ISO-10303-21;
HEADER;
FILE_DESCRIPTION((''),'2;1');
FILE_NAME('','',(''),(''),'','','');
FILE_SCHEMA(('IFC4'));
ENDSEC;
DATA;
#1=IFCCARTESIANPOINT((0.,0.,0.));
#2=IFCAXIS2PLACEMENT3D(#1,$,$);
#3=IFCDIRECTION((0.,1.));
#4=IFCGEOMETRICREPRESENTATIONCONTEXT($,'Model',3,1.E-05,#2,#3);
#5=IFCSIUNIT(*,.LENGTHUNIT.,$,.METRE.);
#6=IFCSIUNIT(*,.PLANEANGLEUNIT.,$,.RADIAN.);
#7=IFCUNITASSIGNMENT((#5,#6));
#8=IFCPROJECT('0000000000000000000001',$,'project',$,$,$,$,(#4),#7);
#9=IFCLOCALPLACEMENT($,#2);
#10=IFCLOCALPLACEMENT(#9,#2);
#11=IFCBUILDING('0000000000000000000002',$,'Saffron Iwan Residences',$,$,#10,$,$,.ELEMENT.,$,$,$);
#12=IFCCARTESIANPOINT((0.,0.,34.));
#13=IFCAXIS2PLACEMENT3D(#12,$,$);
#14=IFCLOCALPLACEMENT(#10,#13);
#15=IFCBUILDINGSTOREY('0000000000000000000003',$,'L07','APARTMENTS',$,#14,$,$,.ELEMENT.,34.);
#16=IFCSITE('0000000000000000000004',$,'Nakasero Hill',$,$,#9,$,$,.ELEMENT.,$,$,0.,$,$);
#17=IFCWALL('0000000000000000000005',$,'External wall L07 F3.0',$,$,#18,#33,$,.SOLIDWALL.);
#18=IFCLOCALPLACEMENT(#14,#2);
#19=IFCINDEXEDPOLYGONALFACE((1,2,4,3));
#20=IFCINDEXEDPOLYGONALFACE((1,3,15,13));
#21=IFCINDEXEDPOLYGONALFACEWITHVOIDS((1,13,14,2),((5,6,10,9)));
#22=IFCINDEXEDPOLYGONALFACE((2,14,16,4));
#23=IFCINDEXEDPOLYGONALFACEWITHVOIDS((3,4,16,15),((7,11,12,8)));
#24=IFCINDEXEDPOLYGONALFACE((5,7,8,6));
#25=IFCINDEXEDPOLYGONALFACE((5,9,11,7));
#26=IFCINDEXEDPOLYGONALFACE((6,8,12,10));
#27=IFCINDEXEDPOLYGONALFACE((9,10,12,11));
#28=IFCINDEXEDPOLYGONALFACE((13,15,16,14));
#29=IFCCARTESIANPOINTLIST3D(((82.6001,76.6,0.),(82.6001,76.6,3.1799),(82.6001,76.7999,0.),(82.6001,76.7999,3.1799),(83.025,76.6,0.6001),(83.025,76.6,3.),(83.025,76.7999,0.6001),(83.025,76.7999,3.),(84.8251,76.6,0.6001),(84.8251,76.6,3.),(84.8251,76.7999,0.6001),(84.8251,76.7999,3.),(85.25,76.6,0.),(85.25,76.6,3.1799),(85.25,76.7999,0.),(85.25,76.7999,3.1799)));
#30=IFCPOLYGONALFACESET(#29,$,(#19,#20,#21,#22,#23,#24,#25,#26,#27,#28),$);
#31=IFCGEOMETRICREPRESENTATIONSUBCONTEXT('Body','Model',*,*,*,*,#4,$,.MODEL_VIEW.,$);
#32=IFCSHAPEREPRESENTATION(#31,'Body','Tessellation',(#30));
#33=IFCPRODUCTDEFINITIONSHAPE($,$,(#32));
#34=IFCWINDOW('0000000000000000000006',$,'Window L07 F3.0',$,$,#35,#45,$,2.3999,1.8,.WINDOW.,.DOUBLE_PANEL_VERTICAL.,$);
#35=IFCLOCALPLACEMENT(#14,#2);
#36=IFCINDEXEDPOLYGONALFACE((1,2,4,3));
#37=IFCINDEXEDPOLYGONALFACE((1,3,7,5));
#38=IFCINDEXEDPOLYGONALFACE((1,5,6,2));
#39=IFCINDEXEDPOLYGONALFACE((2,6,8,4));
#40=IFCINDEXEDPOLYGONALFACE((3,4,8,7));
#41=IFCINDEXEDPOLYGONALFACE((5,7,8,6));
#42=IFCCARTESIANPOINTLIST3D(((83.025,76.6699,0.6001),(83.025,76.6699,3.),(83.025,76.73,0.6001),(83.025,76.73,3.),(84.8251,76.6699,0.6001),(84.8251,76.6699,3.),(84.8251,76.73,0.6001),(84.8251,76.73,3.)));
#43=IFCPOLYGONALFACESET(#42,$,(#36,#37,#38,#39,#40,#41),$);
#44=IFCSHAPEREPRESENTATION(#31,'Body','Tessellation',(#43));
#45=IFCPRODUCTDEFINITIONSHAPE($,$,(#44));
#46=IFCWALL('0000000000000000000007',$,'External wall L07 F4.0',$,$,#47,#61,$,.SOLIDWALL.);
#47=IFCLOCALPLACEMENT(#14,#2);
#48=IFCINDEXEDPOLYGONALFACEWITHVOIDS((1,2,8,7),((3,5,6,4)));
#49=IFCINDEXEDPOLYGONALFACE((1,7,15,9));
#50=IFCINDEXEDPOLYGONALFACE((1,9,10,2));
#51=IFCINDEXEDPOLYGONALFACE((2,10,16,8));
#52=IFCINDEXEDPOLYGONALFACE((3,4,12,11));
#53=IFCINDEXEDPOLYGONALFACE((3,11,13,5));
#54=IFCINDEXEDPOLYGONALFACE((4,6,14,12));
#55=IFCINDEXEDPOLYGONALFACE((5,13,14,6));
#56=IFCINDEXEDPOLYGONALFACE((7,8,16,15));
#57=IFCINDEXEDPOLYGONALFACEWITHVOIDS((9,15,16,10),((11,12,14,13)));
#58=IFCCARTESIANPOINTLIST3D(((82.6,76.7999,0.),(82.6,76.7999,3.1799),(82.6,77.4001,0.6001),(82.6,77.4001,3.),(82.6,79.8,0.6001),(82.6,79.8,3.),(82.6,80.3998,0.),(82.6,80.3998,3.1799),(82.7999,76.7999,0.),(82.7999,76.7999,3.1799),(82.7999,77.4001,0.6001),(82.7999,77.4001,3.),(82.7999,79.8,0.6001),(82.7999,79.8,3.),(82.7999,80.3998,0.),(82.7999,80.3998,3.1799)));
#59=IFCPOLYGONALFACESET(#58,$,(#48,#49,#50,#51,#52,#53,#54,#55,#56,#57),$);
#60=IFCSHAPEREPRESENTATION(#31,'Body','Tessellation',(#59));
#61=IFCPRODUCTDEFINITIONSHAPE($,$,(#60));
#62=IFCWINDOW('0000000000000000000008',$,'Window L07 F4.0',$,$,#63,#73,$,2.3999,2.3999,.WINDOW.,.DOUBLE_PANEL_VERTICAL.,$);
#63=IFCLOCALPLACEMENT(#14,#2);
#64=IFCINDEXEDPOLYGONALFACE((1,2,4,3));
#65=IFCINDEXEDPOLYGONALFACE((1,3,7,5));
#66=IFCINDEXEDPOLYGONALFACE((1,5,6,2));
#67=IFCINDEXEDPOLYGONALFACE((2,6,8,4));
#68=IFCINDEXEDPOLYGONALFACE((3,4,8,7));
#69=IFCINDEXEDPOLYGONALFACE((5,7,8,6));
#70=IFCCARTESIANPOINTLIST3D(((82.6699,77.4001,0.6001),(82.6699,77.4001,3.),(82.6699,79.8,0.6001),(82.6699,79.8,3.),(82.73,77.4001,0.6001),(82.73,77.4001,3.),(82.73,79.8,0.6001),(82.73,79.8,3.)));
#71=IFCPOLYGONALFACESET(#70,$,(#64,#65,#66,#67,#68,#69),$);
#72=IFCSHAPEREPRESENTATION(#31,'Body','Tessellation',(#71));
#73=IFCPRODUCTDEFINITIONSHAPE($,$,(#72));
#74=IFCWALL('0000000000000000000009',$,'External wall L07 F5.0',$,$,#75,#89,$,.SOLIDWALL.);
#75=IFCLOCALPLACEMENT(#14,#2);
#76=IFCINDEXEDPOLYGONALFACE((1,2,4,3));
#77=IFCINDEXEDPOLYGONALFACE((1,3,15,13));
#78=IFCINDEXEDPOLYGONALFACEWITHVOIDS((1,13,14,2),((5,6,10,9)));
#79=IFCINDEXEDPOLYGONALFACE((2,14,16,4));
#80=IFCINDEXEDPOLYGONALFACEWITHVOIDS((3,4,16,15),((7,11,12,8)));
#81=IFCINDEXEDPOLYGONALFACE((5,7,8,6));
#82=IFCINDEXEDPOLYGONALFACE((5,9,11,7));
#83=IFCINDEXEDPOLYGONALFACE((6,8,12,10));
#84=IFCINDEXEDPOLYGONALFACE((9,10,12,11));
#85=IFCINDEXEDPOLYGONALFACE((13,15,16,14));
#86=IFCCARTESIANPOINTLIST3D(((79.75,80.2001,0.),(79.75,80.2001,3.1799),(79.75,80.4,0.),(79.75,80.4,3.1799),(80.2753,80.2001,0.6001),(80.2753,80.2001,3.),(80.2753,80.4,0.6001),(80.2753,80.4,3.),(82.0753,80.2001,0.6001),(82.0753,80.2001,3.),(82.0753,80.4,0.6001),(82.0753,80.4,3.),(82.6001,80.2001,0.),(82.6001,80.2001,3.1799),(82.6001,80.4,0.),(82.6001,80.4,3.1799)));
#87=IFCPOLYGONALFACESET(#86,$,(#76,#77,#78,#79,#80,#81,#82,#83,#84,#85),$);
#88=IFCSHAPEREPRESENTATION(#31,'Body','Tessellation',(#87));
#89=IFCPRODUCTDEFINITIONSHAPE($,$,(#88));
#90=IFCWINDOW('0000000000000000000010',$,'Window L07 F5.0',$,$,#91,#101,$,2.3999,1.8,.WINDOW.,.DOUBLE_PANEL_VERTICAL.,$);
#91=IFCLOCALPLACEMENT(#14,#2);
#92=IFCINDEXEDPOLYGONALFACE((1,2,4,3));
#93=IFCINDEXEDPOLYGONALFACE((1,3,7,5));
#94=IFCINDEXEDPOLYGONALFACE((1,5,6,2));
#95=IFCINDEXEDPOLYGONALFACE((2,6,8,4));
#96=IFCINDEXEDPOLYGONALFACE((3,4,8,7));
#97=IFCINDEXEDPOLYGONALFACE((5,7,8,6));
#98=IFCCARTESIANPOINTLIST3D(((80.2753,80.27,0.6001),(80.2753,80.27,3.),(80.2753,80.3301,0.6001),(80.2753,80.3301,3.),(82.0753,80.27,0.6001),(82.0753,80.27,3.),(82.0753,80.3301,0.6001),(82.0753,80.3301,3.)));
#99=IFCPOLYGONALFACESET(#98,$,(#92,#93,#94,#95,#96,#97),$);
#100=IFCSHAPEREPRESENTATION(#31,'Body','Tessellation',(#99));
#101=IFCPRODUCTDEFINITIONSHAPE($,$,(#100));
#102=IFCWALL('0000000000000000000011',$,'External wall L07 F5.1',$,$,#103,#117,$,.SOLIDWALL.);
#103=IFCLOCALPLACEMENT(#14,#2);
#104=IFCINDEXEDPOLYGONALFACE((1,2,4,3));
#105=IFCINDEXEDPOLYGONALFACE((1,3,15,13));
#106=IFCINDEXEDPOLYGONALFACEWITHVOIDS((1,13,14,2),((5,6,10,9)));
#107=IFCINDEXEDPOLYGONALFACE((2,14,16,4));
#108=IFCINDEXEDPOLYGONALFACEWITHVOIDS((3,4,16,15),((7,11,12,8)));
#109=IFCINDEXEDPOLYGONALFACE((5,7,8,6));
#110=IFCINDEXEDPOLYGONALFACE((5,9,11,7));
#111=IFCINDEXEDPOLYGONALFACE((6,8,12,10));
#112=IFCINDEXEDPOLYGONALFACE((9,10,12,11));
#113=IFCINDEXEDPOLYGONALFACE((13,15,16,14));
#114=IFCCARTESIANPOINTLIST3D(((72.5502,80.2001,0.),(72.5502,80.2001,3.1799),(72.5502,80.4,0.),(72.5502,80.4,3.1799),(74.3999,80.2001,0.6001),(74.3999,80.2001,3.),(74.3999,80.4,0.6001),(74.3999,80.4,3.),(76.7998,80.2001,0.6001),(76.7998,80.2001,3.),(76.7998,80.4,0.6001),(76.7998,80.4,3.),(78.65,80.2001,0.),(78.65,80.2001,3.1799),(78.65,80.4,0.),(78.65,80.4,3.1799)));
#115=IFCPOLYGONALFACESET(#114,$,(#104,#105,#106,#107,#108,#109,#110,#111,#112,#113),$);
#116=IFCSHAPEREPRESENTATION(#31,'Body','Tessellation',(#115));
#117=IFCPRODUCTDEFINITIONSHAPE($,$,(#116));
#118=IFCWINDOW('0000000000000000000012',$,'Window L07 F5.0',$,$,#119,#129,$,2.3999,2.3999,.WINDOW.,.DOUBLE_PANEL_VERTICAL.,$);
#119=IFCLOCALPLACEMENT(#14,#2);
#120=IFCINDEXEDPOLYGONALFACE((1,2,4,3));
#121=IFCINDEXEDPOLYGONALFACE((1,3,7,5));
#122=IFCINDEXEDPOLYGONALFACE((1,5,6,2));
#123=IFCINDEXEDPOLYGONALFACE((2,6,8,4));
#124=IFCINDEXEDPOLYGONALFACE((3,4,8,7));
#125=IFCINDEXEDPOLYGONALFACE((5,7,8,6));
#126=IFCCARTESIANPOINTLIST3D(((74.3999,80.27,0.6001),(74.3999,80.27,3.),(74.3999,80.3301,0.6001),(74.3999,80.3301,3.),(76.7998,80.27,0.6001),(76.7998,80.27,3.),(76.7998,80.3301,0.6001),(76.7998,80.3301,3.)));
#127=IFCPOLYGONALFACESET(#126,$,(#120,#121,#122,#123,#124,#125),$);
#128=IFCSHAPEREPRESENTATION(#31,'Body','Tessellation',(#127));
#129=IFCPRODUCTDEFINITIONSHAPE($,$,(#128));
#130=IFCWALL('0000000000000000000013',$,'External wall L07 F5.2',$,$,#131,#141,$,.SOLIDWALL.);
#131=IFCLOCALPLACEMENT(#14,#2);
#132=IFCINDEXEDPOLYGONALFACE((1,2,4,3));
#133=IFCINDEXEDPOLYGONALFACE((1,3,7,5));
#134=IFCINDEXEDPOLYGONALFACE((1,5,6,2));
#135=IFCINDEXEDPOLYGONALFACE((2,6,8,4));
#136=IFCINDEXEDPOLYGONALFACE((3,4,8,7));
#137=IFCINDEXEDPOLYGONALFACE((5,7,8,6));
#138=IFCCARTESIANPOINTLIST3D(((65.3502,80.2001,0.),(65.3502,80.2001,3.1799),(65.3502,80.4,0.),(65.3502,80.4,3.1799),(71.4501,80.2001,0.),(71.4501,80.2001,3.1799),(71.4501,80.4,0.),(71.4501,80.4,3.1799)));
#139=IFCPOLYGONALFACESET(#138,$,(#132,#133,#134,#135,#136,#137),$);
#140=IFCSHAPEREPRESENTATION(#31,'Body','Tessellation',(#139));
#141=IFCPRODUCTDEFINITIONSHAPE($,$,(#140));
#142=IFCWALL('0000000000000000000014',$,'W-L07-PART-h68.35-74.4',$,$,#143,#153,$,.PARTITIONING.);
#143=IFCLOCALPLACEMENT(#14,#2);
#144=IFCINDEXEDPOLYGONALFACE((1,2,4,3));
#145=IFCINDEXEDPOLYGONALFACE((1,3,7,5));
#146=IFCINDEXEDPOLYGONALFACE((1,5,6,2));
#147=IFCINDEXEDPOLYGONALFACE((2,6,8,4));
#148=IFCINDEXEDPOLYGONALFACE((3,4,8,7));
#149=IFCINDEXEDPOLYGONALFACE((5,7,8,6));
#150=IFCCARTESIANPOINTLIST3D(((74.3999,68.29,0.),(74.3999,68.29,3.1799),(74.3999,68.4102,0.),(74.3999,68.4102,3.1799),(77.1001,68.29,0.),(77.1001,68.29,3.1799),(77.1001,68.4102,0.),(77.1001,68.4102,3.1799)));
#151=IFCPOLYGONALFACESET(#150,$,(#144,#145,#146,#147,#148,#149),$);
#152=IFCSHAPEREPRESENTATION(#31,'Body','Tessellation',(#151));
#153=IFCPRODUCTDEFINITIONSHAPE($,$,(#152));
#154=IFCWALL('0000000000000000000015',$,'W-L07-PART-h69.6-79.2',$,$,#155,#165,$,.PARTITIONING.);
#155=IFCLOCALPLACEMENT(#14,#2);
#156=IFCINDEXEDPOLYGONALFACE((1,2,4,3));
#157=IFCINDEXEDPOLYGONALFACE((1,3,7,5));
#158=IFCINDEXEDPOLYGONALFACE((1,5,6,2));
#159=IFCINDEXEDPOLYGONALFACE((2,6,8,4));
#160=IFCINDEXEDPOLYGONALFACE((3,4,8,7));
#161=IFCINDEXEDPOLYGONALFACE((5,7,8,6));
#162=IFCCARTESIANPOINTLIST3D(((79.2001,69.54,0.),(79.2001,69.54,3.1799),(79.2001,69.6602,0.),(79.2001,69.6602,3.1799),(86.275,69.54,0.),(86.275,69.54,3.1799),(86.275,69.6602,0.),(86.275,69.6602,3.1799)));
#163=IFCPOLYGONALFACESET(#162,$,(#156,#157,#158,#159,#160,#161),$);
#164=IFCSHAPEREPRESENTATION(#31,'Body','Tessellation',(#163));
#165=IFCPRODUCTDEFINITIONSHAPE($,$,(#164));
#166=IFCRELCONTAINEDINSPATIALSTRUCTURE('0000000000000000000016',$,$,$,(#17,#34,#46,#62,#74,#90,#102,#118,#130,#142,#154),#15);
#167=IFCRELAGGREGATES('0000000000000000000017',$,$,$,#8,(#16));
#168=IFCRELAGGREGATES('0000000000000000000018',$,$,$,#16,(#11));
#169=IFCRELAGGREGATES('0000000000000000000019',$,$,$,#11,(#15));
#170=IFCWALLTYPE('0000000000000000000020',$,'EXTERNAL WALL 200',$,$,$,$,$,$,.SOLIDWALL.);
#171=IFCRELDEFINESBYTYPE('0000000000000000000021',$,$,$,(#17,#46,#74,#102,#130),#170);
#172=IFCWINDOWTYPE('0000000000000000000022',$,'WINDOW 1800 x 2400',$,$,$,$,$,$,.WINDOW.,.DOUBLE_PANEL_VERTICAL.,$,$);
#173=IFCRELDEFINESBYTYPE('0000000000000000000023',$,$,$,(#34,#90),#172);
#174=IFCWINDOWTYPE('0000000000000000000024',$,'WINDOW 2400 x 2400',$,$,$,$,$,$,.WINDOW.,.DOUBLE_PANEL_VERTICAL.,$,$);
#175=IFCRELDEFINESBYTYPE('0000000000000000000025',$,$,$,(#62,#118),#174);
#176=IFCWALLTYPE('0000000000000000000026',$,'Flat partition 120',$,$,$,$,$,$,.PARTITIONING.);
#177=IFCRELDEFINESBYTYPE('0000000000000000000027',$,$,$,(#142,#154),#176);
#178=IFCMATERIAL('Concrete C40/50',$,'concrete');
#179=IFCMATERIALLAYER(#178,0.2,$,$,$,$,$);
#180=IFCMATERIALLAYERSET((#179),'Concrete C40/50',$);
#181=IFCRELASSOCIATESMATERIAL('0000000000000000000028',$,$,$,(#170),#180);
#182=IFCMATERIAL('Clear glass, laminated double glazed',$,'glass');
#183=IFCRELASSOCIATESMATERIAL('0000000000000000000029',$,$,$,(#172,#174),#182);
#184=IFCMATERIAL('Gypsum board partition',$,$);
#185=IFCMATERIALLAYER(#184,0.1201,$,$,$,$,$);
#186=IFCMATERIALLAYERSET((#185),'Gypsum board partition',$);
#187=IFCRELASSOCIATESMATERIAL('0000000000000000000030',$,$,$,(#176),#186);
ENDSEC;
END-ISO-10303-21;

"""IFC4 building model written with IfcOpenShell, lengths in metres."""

from ifc_helpers import new_model, si_unit, direction, frame, frame_2d, origin, place, context, subcontext, project, spatial, rectangle, extrude, material, layer, layer_set, type_object, element, fill, save


model = new_model("IFC4")

# Units and contexts
model_context = context("Model", 3, precision=1e-05, world=origin(), true_north=direction((0.0, 1.0)))
body_context = subcontext(model_context, "Body", "Model", "MODEL_VIEW")
ifc_project = project(units=[si_unit("LENGTHUNIT", "METRE"), si_unit("PLANEANGLEUNIT", "RADIAN")], contexts=[model_context])

# Site, building, storey
site_placement = place(None, origin())
site = spatial("IfcSite", under=ifc_project, at=site_placement, Name="Nakasero Hill", CompositionType="ELEMENT", RefElevation=0.0)
building_placement = place(site_placement, origin())
building = spatial("IfcBuilding", under=site, at=building_placement, Name="Saffron Iwan Residences", CompositionType="ELEMENT")
storey_placement = place(building_placement, frame((0.0, 0.0, 34.0)))
storey = spatial("IfcBuildingStorey", under=building, at=storey_placement, Name="L07", Description="APARTMENTS", CompositionType="ELEMENT", Elevation=34.0)

# Shared definitions
ifc_material_1 = material(Name="Concrete C40/50", Category="concrete")
ifc_layer_1 = layer(ifc_material_1, 0.2)
ifc_layer_set_1 = layer_set([ifc_layer_1], Name="Concrete C40/50")
wall_type_1 = type_object("IfcWallType", Name="EXTERNAL WALL 200", PredefinedType="SOLIDWALL", material=ifc_layer_set_1)
ifc_material_2 = material(Name="Clear glass, laminated double glazed", Category="glass")
window_type_1 = type_object("IfcWindowType", Name="WINDOW 1800 x 2400", PartitioningType="DOUBLE_PANEL_VERTICAL", PredefinedType="WINDOW", material=ifc_material_2)

# Walls, openings, windows
wall_1_placement = place(storey_placement, frame((85.25, 76.7, 0.0), z_axis=(0.0, 0.0, 1.0), x_axis=(-1.0, 0.0, 0.0)))
wall_1 = element("IfcWall", 1, at=wall_1_placement, inside=storey, type_object=wall_type_1, Name="External wall L07 F3.0", PredefinedType="SOLIDWALL", context=body_context, shape_type="SweptSolid", body=[
    extrude(rectangle(XDim=2.6499, YDim=0.2, at=frame_2d((1.325, 0.0))), origin(), (0.0, 0.0, 1.0), 3.1799),
])
opening_1_placement = place(wall_1_placement, frame((0.425, 0.0, 0.6001)))
opening_1 = element("IfcOpeningElement", 2, at=opening_1_placement, cuts=wall_1, PredefinedType="OPENING", context=body_context, shape_type="SweptSolid", body=[
    extrude(rectangle(XDim=1.8, YDim=2.3999, at=frame_2d((0.8999, 1.2))), frame((0.0, 0.1099, 0.0), z_axis=(0.0, -1.0, 0.0), x_axis=(1.0, 0.0, 0.0)), (0.0, 0.0, 1.0), 0.22),
])
window_1_placement = place(opening_1_placement, origin())
window_1 = element("IfcWindow", 3, at=window_1_placement, inside=storey, type_object=window_type_1, Name="Window L07 F3.0", OverallHeight=2.3999, OverallWidth=1.8, PartitioningType="DOUBLE_PANEL_VERTICAL", PredefinedType="WINDOW", context=body_context, shape_type="SweptSolid", body=[
    extrude(rectangle(XDim=1.8, YDim=2.3999, at=frame_2d((0.8999, 1.2))), frame((0.0, 0.03, 0.0), z_axis=(0.0, -1.0, 0.0), x_axis=(1.0, 0.0, 0.0)), (0.0, 0.0, 1.0), 0.0601),
])
fill(opening_1, window_1)
wall_2_placement = place(storey_placement, frame((82.7, 76.8, 0.0), z_axis=(0.0, 0.0, 1.0), x_axis=(0.0, 1.0, 0.0)))
wall_2 = element("IfcWall", 4, at=wall_2_placement, inside=storey, type_object=wall_type_1, Name="External wall L07 F4.0", PredefinedType="SOLIDWALL", context=body_context, shape_type="SweptSolid", body=[
    extrude(rectangle(XDim=3.5999, YDim=0.2, at=frame_2d((1.7998, 0.0))), origin(), (0.0, 0.0, 1.0), 3.1799),
])
opening_2_placement = place(wall_2_placement, frame((0.6001, 0.0, 0.6001)))
opening_2 = element("IfcOpeningElement", 5, at=opening_2_placement, cuts=wall_2, PredefinedType="OPENING", context=body_context, shape_type="SweptSolid", body=[
    extrude(rectangle(XDim=2.3999, YDim=2.3999, at=frame_2d((1.2, 1.2))), frame((0.0, 0.1099, 0.0), z_axis=(0.0, -1.0, 0.0), x_axis=(1.0, 0.0, 0.0)), (0.0, 0.0, 1.0), 0.22),
])
window_type_2 = type_object("IfcWindowType", Name="WINDOW 2400 x 2400", PartitioningType="DOUBLE_PANEL_VERTICAL", PredefinedType="WINDOW", material=ifc_material_2)
window_2_placement = place(opening_2_placement, origin())
window_2 = element("IfcWindow", 6, at=window_2_placement, inside=storey, type_object=window_type_2, Name="Window L07 F4.0", OverallHeight=2.3999, OverallWidth=2.3999, PartitioningType="DOUBLE_PANEL_VERTICAL", PredefinedType="WINDOW", context=body_context, shape_type="SweptSolid", body=[
    extrude(rectangle(XDim=2.3999, YDim=2.3999, at=frame_2d((1.2, 1.2))), frame((0.0, 0.03, 0.0), z_axis=(0.0, -1.0, 0.0), x_axis=(1.0, 0.0, 0.0)), (0.0, 0.0, 1.0), 0.0601),
])
fill(opening_2, window_2)
wall_3_placement = place(storey_placement, frame((82.6001, 80.3, 0.0), z_axis=(0.0, 0.0, 1.0), x_axis=(-1.0, 0.0, 0.0)))
wall_3 = element("IfcWall", 7, at=wall_3_placement, inside=storey, type_object=wall_type_1, Name="External wall L07 F5.0", PredefinedType="SOLIDWALL", context=body_context, shape_type="SweptSolid", body=[
    extrude(rectangle(XDim=2.8501, YDim=0.2, at=frame_2d((1.425, 0.0))), origin(), (0.0, 0.0, 1.0), 3.1799),
])
opening_3_placement = place(wall_3_placement, frame((0.5249, 0.0, 0.6001)))
opening_3 = element("IfcOpeningElement", 8, at=opening_3_placement, cuts=wall_3, PredefinedType="OPENING", context=body_context, shape_type="SweptSolid", body=[
    extrude(rectangle(XDim=1.8, YDim=2.3999, at=frame_2d((0.8999, 1.2))), frame((0.0, 0.1099, 0.0), z_axis=(0.0, -1.0, 0.0), x_axis=(1.0, 0.0, 0.0)), (0.0, 0.0, 1.0), 0.22),
])
window_3_placement = place(opening_3_placement, origin())
window_3 = element("IfcWindow", 9, at=window_3_placement, inside=storey, type_object=window_type_1, Name="Window L07 F5.0", OverallHeight=2.3999, OverallWidth=1.8, PartitioningType="DOUBLE_PANEL_VERTICAL", PredefinedType="WINDOW", context=body_context, shape_type="SweptSolid", body=[
    extrude(rectangle(XDim=1.8, YDim=2.3999, at=frame_2d((0.8999, 1.2))), frame((0.0, 0.03, 0.0), z_axis=(0.0, -1.0, 0.0), x_axis=(1.0, 0.0, 0.0)), (0.0, 0.0, 1.0), 0.0601),
])
fill(opening_3, window_3)
wall_4_placement = place(storey_placement, frame((78.6499, 80.3, 0.0), z_axis=(0.0, 0.0, 1.0), x_axis=(-1.0, 0.0, 0.0)))
wall_4 = element("IfcWall", 10, at=wall_4_placement, inside=storey, type_object=wall_type_1, Name="External wall L07 F5.1", PredefinedType="SOLIDWALL", context=body_context, shape_type="SweptSolid", body=[
    extrude(rectangle(XDim=6.0999, YDim=0.2, at=frame_2d((3.0498, 0.0))), origin(), (0.0, 0.0, 1.0), 3.1799),
])
opening_4_placement = place(wall_4_placement, frame((1.8501, 0.0, 0.6001)))
opening_4 = element("IfcOpeningElement", 11, at=opening_4_placement, cuts=wall_4, PredefinedType="OPENING", context=body_context, shape_type="SweptSolid", body=[
    extrude(rectangle(XDim=2.3999, YDim=2.3999, at=frame_2d((1.2, 1.2))), frame((0.0, 0.1099, 0.0), z_axis=(0.0, -1.0, 0.0), x_axis=(1.0, 0.0, 0.0)), (0.0, 0.0, 1.0), 0.22),
])
window_4_placement = place(opening_4_placement, origin())
window_4 = element("IfcWindow", 12, at=window_4_placement, inside=storey, type_object=window_type_2, Name="Window L07 F5.0", OverallHeight=2.3999, OverallWidth=2.3999, PartitioningType="DOUBLE_PANEL_VERTICAL", PredefinedType="WINDOW", context=body_context, shape_type="SweptSolid", body=[
    extrude(rectangle(XDim=2.3999, YDim=2.3999, at=frame_2d((1.2, 1.2))), frame((0.0, 0.03, 0.0), z_axis=(0.0, -1.0, 0.0), x_axis=(1.0, 0.0, 0.0)), (0.0, 0.0, 1.0), 0.0601),
])
fill(opening_4, window_4)

# Walls
wall_5_placement = place(storey_placement, frame((71.45, 80.3, 0.0), z_axis=(0.0, 0.0, 1.0), x_axis=(-1.0, 0.0, 0.0)))
element("IfcWall", 13, at=wall_5_placement, inside=storey, type_object=wall_type_1, Name="External wall L07 F5.2", PredefinedType="SOLIDWALL", context=body_context, shape_type="SweptSolid", body=[
    extrude(rectangle(XDim=6.0999, YDim=0.2, at=frame_2d((3.0498, 0.0))), origin(), (0.0, 0.0, 1.0), 3.1799),
])
ifc_material_3 = material(Name="Gypsum board partition")
ifc_layer_2 = layer(ifc_material_3, 0.1201)
ifc_layer_set_2 = layer_set([ifc_layer_2], Name="Gypsum board partition")
wall_type_2 = type_object("IfcWallType", Name="Flat partition 120", PredefinedType="PARTITIONING", material=ifc_layer_set_2)
wall_6_placement = place(storey_placement, frame((74.3999, 68.3501, 0.0), z_axis=(0.0, 0.0, 1.0), x_axis=(1.0, 0.0, 0.0)))
element("IfcWall", 14, at=wall_6_placement, inside=storey, type_object=wall_type_2, Name="W-L07-PART-h68.35-74.4", PredefinedType="PARTITIONING", context=body_context, shape_type="SweptSolid", body=[
    extrude(rectangle(XDim=2.7002, YDim=0.1201, at=frame_2d((1.3501, 0.0))), origin(), (0.0, 0.0, 1.0), 3.1799),
])
wall_7_placement = place(storey_placement, frame((79.2, 69.6001, 0.0), z_axis=(0.0, 0.0, 1.0), x_axis=(1.0, 0.0, 0.0)))
element("IfcWall", 15, at=wall_7_placement, inside=storey, type_object=wall_type_2, Name="W-L07-PART-h69.6-79.2", PredefinedType="PARTITIONING", context=body_context, shape_type="SweptSolid", body=[
    extrude(rectangle(XDim=7.075, YDim=0.1201, at=frame_2d((3.5376, 0.0))), origin(), (0.0, 0.0, 1.0), 3.1799),
])

save(model, "model.ifc")
